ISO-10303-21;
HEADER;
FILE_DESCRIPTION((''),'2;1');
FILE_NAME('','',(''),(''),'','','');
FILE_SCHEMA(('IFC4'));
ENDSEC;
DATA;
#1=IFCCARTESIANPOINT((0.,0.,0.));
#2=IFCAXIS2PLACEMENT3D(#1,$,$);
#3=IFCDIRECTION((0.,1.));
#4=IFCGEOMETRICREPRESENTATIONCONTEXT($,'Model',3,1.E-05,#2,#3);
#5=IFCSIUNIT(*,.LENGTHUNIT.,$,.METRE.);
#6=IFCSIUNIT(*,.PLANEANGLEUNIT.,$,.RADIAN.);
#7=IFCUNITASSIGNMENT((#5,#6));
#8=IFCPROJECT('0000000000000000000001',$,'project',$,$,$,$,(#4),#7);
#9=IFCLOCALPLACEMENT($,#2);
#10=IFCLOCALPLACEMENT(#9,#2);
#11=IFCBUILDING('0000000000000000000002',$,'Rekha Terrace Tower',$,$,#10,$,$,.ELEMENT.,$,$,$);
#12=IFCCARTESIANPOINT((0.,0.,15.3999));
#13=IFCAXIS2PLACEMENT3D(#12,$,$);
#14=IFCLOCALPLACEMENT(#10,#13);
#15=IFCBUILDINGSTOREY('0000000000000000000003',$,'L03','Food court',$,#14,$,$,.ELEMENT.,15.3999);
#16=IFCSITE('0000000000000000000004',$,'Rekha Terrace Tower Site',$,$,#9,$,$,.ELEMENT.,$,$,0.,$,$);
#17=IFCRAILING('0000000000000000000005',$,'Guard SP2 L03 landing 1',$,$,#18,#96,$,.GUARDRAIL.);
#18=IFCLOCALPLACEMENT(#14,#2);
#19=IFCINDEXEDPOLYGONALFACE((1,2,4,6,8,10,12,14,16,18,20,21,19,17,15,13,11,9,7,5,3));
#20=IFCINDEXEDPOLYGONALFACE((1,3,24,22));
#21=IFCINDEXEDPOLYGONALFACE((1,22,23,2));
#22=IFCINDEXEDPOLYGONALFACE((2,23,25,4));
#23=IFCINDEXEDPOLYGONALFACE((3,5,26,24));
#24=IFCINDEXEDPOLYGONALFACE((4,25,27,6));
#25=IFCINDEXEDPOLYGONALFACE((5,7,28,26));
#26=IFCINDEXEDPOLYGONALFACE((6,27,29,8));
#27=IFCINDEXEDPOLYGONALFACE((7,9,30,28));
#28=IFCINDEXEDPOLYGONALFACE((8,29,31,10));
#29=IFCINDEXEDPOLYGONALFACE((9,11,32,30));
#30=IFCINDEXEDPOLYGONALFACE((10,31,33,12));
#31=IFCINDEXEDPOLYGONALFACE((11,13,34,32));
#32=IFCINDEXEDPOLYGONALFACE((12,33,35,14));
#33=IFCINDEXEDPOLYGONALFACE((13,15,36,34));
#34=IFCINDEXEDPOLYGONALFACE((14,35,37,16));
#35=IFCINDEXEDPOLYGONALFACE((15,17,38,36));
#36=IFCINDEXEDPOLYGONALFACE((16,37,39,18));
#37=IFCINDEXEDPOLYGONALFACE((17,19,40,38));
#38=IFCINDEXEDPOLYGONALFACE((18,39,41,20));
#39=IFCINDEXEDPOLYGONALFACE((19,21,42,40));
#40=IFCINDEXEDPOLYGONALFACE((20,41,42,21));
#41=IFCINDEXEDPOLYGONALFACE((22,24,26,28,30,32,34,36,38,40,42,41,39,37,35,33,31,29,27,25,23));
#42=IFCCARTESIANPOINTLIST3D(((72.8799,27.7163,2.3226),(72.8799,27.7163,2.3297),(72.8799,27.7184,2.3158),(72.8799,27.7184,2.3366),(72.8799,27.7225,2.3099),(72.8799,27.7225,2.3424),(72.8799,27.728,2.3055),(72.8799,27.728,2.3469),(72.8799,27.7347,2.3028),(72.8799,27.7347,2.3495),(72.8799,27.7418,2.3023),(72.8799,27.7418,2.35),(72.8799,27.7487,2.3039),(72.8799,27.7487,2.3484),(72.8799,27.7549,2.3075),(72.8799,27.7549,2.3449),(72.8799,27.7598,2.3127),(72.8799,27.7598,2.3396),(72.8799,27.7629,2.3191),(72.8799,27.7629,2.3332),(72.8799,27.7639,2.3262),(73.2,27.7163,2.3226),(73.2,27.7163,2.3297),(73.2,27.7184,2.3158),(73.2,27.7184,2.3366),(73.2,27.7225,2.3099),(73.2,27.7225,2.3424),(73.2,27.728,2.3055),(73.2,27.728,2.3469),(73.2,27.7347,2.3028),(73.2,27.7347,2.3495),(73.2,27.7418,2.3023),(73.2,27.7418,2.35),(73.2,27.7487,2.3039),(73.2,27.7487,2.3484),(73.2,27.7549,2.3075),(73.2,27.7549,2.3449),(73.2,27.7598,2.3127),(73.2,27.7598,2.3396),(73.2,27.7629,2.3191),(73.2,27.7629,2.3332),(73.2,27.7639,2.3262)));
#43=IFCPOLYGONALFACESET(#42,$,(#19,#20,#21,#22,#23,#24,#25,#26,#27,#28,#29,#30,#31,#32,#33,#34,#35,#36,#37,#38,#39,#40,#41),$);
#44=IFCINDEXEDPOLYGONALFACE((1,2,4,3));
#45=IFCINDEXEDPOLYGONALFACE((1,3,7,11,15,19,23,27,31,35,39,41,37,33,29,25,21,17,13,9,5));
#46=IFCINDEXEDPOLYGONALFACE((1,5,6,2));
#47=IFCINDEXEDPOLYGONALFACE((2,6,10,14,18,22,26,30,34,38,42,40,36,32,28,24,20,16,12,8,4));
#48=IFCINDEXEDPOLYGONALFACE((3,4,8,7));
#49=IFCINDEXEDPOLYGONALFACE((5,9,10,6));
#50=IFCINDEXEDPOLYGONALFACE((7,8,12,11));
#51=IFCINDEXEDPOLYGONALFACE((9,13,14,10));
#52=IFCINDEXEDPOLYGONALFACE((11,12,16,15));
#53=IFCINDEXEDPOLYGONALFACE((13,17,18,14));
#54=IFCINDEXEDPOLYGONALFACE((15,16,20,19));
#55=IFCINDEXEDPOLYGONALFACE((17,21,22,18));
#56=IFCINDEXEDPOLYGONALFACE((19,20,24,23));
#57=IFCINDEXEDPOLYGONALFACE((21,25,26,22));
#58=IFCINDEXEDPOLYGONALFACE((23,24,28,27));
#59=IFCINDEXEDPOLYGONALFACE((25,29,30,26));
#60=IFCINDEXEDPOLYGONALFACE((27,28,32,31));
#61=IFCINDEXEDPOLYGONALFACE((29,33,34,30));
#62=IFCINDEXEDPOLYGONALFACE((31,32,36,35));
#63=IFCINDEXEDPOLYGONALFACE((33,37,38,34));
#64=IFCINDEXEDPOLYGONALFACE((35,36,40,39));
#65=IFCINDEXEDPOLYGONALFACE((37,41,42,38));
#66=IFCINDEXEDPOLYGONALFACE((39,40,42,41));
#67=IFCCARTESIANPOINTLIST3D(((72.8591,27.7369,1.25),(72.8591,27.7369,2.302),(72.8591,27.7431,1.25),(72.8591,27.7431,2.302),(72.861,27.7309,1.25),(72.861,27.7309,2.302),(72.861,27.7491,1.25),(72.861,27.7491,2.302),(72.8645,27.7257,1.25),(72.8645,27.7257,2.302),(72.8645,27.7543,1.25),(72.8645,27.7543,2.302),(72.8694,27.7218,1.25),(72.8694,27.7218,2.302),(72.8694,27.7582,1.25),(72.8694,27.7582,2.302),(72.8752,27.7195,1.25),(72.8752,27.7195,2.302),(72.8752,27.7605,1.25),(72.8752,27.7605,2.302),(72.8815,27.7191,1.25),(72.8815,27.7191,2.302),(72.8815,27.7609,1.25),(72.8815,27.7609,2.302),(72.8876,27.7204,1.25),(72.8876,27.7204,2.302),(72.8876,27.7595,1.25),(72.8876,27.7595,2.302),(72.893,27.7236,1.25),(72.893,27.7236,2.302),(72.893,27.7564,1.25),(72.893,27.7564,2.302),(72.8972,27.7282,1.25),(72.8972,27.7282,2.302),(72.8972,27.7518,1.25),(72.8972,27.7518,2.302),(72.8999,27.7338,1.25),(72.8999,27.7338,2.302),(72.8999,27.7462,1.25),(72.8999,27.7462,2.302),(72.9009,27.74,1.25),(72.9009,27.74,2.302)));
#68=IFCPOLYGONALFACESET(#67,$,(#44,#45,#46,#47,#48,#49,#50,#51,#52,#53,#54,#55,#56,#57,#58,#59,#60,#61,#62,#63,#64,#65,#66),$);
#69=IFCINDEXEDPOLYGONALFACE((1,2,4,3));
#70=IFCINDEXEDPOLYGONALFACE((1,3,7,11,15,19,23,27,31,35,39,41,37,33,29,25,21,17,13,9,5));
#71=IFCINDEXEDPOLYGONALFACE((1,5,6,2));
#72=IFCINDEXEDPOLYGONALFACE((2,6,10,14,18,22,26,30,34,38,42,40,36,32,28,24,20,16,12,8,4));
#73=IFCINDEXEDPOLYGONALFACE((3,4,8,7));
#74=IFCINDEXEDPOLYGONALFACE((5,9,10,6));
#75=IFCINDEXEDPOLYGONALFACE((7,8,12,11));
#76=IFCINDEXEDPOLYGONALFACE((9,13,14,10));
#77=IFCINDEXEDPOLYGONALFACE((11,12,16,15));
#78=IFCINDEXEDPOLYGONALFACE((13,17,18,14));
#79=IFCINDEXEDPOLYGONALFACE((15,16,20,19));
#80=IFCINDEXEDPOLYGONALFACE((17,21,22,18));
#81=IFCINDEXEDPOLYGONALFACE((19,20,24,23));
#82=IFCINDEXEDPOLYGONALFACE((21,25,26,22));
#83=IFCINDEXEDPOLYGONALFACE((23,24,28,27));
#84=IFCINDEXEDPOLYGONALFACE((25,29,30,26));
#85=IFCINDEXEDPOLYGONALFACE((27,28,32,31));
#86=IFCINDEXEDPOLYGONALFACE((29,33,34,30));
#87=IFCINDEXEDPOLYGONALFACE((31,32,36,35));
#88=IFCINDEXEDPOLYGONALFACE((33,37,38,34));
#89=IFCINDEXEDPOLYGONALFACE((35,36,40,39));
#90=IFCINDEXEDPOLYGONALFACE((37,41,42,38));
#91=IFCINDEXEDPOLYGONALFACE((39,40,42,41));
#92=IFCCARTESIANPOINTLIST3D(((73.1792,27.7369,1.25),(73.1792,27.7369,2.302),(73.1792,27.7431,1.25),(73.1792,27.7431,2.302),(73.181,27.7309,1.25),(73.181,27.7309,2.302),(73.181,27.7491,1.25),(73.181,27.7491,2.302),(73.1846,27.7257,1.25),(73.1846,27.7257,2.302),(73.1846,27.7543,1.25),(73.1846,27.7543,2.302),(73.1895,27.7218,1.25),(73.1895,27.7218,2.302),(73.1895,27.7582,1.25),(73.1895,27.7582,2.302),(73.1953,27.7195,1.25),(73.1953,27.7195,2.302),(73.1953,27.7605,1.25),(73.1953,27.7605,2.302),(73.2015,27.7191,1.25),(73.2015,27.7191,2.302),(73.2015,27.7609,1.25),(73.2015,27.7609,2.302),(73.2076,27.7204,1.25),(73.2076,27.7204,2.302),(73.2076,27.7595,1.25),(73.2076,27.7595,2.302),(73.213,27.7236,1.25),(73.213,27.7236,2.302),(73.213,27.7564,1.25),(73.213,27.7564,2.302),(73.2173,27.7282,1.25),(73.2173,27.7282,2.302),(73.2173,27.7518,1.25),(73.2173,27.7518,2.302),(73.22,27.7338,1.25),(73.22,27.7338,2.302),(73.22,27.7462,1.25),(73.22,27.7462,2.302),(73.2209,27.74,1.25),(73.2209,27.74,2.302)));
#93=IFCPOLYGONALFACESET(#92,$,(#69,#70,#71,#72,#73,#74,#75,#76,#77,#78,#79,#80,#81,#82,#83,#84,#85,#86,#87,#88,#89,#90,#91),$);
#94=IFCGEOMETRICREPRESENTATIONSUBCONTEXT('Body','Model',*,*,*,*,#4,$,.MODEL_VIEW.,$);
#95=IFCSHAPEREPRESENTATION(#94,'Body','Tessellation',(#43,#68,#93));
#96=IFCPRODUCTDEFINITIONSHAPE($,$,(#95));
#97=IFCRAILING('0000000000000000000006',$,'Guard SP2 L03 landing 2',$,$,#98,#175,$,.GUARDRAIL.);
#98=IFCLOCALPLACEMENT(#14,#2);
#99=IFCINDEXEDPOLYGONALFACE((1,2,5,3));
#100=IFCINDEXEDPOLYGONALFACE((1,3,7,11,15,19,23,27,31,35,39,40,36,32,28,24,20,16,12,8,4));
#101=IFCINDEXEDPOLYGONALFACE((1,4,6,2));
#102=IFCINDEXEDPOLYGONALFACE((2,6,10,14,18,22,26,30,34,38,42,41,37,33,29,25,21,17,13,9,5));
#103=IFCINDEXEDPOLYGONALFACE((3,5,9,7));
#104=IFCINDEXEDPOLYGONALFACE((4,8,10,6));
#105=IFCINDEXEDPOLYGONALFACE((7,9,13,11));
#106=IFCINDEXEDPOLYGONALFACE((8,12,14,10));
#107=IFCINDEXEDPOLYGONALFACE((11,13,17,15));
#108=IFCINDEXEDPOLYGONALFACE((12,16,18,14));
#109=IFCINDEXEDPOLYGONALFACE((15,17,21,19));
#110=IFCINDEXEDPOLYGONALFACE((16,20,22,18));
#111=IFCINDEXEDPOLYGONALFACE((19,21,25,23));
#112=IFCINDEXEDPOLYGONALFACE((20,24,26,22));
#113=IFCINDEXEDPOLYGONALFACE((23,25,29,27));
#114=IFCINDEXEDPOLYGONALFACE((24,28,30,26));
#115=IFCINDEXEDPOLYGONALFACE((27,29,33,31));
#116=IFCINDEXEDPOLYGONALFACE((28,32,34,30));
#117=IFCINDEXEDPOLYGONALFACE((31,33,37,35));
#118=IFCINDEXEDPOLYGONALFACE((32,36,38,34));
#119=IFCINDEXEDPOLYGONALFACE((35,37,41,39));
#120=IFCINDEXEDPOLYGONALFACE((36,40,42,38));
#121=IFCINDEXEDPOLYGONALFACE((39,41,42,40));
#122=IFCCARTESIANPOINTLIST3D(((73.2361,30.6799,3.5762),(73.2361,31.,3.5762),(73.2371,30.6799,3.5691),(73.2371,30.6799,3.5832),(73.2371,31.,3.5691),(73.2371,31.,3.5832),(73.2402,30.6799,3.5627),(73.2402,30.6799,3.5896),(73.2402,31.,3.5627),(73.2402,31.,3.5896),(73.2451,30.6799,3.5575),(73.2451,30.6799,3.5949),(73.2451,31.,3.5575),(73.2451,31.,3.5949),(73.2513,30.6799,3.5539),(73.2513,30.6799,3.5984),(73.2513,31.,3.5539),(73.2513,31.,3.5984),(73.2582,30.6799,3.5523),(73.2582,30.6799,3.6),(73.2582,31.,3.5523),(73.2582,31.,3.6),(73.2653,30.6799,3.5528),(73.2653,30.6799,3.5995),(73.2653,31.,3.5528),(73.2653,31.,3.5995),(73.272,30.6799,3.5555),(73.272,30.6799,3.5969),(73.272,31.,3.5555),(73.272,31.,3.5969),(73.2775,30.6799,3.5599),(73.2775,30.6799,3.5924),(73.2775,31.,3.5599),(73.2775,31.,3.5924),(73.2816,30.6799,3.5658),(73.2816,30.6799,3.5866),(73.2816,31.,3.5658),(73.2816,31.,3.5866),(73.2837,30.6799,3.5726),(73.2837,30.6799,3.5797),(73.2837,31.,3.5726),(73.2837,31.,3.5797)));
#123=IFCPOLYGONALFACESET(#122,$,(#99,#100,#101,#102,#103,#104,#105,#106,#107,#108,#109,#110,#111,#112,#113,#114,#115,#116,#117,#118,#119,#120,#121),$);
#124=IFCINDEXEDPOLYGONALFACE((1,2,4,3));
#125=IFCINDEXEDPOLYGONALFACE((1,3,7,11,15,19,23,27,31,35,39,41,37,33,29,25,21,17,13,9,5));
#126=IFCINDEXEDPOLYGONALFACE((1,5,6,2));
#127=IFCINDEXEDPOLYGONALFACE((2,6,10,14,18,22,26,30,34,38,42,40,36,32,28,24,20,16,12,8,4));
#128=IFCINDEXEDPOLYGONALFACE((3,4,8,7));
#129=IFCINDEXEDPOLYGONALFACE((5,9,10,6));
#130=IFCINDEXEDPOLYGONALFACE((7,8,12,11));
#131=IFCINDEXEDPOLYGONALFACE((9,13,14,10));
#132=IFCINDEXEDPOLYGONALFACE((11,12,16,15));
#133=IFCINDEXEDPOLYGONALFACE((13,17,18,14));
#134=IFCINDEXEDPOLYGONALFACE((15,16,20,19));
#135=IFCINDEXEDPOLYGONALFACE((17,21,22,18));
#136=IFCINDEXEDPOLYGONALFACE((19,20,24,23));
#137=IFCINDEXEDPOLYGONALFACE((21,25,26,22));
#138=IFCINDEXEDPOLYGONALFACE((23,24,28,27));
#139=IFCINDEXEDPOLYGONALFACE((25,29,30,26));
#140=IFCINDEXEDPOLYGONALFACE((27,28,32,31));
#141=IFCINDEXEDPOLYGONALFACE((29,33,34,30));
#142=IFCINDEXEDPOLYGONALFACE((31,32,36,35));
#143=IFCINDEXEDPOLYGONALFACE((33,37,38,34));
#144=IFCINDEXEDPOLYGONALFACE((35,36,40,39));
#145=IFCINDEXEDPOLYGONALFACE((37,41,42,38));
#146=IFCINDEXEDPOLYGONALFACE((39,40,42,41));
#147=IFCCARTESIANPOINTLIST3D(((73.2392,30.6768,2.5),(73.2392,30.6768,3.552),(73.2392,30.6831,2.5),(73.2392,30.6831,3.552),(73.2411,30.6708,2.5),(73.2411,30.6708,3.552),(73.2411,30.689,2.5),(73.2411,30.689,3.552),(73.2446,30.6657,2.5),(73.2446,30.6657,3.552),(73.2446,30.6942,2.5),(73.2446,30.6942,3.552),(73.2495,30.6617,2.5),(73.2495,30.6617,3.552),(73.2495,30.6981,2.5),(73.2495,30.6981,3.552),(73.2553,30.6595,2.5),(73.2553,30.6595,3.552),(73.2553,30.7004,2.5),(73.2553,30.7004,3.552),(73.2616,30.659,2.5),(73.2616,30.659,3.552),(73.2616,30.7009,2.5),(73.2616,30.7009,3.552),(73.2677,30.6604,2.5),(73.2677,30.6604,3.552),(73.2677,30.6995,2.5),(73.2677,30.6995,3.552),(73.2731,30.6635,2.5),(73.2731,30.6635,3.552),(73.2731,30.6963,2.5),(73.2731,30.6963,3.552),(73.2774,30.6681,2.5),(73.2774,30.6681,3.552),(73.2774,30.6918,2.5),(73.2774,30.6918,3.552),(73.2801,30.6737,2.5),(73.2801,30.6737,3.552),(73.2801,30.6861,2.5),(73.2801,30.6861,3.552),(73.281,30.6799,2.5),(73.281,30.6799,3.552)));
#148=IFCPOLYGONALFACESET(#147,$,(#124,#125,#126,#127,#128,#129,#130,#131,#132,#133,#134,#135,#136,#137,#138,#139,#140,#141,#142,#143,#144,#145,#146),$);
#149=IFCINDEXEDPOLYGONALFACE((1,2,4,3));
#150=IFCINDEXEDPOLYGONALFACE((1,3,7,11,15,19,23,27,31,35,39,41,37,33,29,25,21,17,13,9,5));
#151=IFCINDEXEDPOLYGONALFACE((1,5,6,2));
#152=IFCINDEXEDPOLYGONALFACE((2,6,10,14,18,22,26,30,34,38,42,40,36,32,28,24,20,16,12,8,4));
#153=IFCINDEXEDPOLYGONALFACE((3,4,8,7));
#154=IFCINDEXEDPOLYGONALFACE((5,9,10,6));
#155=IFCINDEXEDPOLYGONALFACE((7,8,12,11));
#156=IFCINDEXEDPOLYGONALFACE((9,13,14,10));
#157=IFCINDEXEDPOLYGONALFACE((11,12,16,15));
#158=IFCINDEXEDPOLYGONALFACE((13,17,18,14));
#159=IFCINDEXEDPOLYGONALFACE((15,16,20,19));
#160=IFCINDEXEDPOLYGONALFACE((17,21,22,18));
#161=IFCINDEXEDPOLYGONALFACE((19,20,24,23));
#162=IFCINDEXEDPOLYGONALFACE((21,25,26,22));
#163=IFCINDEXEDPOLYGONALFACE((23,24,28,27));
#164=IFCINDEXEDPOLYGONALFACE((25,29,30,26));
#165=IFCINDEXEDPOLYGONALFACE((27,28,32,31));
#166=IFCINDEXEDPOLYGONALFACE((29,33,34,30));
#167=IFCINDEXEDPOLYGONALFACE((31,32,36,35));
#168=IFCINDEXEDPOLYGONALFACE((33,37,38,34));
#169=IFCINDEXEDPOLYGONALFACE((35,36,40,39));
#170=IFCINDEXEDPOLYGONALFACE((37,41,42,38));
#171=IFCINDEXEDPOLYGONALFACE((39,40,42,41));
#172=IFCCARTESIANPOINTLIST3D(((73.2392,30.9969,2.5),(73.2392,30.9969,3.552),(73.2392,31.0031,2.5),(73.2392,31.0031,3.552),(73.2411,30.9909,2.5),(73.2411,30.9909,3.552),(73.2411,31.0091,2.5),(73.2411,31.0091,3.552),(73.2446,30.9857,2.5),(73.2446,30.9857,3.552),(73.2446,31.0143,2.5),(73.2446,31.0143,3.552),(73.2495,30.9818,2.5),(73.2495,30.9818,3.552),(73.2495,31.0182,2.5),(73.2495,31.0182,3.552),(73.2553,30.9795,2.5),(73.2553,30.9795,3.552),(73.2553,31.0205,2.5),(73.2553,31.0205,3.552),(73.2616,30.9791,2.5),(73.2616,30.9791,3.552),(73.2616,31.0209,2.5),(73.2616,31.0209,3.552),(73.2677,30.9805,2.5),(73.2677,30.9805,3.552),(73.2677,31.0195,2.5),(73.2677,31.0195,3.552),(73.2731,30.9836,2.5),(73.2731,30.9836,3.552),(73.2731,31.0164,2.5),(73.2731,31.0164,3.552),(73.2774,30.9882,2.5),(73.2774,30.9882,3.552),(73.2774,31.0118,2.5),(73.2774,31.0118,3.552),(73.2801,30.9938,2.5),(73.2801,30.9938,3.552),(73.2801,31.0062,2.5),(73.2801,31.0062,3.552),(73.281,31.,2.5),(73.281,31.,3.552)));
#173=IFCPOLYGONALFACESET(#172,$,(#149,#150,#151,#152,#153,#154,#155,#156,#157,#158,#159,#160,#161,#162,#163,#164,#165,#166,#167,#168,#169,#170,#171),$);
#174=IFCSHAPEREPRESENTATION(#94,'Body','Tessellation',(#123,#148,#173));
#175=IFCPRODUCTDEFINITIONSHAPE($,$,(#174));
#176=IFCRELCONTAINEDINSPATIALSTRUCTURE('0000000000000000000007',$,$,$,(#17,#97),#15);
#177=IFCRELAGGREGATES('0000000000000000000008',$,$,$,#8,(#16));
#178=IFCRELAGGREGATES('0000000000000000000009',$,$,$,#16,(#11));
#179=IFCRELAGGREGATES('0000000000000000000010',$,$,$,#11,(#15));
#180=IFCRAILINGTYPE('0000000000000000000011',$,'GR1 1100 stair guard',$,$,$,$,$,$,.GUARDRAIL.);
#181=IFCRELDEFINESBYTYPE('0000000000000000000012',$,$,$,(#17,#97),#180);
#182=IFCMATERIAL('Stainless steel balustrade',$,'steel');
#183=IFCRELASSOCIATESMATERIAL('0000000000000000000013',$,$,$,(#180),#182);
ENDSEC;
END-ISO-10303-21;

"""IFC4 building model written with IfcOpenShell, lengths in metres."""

from ifc_helpers import new_model, si_unit, direction, frame, origin, origin_2d, place, context, subcontext, project, spatial, circle, extrude, material, type_object, element, save


model = new_model("IFC4")

# Units and contexts
model_context = context("Model", 3, precision=1e-05, world=origin(), true_north=direction((0.0, 1.0)))
body_context = subcontext(model_context, "Body", "Model", "MODEL_VIEW")
ifc_project = project(units=[si_unit("LENGTHUNIT", "METRE"), si_unit("PLANEANGLEUNIT", "RADIAN")], contexts=[model_context])

# Site, building, storey
site_placement = place(None, origin())
site = spatial("IfcSite", under=ifc_project, at=site_placement, Name="Rekha Terrace Tower Site", CompositionType="ELEMENT", RefElevation=0.0)
building_placement = place(site_placement, origin())
building = spatial("IfcBuilding", under=site, at=building_placement, Name="Rekha Terrace Tower", CompositionType="ELEMENT")
storey_placement = place(building_placement, frame((0.0, 0.0, 15.3999)))
storey = spatial("IfcBuildingStorey", under=building, at=storey_placement, Name="L03", Description="Food court", CompositionType="ELEMENT", Elevation=15.3999)

# Railings
ifc_material_1 = material(Name="Stainless steel balustrade", Category="steel")
railing_type_1 = type_object("IfcRailingType", Name="GR1 1100 stair guard", PredefinedType="GUARDRAIL", material=ifc_material_1)
railing_1_placement = place(storey_placement, frame((72.8799, 27.74, 1.25)))
element("IfcRailing", 1, at=railing_1_placement, inside=storey, type_object=railing_type_1, Name="Guard SP2 L03 landing 1", PredefinedType="GUARDRAIL", context=body_context, shape_type="SweptSolid", body=[
    extrude(circle(Radius=0.0239, at=origin_2d()), frame((0.0, 0.0, 1.0762), z_axis=(1.0, 0.0, 0.0), x_axis=(0.0, 1.0, 0.0)), (0.0, 0.0, 1.0), 0.3201),
    extrude(circle(Radius=0.021, at=origin_2d()), origin(), (0.0, 0.0, 1.0), 1.052),
    extrude(circle(Radius=0.021, at=origin_2d()), frame((0.3201, 0.0, 0.0)), (0.0, 0.0, 1.0), 1.052),
])
railing_2_placement = place(storey_placement, frame((73.26, 30.6799, 2.5)))
element("IfcRailing", 2, at=railing_2_placement, inside=storey, type_object=railing_type_1, Name="Guard SP2 L03 landing 2", PredefinedType="GUARDRAIL", context=body_context, shape_type="SweptSolid", body=[
    extrude(circle(Radius=0.0239, at=origin_2d()), frame((0.0, 0.0, 1.0762), z_axis=(0.0, 1.0, 0.0), x_axis=(-1.0, 0.0, 0.0)), (0.0, 0.0, 1.0), 0.3201),
    extrude(circle(Radius=0.021, at=origin_2d()), origin(), (0.0, 0.0, 1.0), 1.052),
    extrude(circle(Radius=0.021, at=origin_2d()), frame((0.0, 0.3201, 0.0)), (0.0, 0.0, 1.0), 1.052),
])

save(model, "model.ifc")
